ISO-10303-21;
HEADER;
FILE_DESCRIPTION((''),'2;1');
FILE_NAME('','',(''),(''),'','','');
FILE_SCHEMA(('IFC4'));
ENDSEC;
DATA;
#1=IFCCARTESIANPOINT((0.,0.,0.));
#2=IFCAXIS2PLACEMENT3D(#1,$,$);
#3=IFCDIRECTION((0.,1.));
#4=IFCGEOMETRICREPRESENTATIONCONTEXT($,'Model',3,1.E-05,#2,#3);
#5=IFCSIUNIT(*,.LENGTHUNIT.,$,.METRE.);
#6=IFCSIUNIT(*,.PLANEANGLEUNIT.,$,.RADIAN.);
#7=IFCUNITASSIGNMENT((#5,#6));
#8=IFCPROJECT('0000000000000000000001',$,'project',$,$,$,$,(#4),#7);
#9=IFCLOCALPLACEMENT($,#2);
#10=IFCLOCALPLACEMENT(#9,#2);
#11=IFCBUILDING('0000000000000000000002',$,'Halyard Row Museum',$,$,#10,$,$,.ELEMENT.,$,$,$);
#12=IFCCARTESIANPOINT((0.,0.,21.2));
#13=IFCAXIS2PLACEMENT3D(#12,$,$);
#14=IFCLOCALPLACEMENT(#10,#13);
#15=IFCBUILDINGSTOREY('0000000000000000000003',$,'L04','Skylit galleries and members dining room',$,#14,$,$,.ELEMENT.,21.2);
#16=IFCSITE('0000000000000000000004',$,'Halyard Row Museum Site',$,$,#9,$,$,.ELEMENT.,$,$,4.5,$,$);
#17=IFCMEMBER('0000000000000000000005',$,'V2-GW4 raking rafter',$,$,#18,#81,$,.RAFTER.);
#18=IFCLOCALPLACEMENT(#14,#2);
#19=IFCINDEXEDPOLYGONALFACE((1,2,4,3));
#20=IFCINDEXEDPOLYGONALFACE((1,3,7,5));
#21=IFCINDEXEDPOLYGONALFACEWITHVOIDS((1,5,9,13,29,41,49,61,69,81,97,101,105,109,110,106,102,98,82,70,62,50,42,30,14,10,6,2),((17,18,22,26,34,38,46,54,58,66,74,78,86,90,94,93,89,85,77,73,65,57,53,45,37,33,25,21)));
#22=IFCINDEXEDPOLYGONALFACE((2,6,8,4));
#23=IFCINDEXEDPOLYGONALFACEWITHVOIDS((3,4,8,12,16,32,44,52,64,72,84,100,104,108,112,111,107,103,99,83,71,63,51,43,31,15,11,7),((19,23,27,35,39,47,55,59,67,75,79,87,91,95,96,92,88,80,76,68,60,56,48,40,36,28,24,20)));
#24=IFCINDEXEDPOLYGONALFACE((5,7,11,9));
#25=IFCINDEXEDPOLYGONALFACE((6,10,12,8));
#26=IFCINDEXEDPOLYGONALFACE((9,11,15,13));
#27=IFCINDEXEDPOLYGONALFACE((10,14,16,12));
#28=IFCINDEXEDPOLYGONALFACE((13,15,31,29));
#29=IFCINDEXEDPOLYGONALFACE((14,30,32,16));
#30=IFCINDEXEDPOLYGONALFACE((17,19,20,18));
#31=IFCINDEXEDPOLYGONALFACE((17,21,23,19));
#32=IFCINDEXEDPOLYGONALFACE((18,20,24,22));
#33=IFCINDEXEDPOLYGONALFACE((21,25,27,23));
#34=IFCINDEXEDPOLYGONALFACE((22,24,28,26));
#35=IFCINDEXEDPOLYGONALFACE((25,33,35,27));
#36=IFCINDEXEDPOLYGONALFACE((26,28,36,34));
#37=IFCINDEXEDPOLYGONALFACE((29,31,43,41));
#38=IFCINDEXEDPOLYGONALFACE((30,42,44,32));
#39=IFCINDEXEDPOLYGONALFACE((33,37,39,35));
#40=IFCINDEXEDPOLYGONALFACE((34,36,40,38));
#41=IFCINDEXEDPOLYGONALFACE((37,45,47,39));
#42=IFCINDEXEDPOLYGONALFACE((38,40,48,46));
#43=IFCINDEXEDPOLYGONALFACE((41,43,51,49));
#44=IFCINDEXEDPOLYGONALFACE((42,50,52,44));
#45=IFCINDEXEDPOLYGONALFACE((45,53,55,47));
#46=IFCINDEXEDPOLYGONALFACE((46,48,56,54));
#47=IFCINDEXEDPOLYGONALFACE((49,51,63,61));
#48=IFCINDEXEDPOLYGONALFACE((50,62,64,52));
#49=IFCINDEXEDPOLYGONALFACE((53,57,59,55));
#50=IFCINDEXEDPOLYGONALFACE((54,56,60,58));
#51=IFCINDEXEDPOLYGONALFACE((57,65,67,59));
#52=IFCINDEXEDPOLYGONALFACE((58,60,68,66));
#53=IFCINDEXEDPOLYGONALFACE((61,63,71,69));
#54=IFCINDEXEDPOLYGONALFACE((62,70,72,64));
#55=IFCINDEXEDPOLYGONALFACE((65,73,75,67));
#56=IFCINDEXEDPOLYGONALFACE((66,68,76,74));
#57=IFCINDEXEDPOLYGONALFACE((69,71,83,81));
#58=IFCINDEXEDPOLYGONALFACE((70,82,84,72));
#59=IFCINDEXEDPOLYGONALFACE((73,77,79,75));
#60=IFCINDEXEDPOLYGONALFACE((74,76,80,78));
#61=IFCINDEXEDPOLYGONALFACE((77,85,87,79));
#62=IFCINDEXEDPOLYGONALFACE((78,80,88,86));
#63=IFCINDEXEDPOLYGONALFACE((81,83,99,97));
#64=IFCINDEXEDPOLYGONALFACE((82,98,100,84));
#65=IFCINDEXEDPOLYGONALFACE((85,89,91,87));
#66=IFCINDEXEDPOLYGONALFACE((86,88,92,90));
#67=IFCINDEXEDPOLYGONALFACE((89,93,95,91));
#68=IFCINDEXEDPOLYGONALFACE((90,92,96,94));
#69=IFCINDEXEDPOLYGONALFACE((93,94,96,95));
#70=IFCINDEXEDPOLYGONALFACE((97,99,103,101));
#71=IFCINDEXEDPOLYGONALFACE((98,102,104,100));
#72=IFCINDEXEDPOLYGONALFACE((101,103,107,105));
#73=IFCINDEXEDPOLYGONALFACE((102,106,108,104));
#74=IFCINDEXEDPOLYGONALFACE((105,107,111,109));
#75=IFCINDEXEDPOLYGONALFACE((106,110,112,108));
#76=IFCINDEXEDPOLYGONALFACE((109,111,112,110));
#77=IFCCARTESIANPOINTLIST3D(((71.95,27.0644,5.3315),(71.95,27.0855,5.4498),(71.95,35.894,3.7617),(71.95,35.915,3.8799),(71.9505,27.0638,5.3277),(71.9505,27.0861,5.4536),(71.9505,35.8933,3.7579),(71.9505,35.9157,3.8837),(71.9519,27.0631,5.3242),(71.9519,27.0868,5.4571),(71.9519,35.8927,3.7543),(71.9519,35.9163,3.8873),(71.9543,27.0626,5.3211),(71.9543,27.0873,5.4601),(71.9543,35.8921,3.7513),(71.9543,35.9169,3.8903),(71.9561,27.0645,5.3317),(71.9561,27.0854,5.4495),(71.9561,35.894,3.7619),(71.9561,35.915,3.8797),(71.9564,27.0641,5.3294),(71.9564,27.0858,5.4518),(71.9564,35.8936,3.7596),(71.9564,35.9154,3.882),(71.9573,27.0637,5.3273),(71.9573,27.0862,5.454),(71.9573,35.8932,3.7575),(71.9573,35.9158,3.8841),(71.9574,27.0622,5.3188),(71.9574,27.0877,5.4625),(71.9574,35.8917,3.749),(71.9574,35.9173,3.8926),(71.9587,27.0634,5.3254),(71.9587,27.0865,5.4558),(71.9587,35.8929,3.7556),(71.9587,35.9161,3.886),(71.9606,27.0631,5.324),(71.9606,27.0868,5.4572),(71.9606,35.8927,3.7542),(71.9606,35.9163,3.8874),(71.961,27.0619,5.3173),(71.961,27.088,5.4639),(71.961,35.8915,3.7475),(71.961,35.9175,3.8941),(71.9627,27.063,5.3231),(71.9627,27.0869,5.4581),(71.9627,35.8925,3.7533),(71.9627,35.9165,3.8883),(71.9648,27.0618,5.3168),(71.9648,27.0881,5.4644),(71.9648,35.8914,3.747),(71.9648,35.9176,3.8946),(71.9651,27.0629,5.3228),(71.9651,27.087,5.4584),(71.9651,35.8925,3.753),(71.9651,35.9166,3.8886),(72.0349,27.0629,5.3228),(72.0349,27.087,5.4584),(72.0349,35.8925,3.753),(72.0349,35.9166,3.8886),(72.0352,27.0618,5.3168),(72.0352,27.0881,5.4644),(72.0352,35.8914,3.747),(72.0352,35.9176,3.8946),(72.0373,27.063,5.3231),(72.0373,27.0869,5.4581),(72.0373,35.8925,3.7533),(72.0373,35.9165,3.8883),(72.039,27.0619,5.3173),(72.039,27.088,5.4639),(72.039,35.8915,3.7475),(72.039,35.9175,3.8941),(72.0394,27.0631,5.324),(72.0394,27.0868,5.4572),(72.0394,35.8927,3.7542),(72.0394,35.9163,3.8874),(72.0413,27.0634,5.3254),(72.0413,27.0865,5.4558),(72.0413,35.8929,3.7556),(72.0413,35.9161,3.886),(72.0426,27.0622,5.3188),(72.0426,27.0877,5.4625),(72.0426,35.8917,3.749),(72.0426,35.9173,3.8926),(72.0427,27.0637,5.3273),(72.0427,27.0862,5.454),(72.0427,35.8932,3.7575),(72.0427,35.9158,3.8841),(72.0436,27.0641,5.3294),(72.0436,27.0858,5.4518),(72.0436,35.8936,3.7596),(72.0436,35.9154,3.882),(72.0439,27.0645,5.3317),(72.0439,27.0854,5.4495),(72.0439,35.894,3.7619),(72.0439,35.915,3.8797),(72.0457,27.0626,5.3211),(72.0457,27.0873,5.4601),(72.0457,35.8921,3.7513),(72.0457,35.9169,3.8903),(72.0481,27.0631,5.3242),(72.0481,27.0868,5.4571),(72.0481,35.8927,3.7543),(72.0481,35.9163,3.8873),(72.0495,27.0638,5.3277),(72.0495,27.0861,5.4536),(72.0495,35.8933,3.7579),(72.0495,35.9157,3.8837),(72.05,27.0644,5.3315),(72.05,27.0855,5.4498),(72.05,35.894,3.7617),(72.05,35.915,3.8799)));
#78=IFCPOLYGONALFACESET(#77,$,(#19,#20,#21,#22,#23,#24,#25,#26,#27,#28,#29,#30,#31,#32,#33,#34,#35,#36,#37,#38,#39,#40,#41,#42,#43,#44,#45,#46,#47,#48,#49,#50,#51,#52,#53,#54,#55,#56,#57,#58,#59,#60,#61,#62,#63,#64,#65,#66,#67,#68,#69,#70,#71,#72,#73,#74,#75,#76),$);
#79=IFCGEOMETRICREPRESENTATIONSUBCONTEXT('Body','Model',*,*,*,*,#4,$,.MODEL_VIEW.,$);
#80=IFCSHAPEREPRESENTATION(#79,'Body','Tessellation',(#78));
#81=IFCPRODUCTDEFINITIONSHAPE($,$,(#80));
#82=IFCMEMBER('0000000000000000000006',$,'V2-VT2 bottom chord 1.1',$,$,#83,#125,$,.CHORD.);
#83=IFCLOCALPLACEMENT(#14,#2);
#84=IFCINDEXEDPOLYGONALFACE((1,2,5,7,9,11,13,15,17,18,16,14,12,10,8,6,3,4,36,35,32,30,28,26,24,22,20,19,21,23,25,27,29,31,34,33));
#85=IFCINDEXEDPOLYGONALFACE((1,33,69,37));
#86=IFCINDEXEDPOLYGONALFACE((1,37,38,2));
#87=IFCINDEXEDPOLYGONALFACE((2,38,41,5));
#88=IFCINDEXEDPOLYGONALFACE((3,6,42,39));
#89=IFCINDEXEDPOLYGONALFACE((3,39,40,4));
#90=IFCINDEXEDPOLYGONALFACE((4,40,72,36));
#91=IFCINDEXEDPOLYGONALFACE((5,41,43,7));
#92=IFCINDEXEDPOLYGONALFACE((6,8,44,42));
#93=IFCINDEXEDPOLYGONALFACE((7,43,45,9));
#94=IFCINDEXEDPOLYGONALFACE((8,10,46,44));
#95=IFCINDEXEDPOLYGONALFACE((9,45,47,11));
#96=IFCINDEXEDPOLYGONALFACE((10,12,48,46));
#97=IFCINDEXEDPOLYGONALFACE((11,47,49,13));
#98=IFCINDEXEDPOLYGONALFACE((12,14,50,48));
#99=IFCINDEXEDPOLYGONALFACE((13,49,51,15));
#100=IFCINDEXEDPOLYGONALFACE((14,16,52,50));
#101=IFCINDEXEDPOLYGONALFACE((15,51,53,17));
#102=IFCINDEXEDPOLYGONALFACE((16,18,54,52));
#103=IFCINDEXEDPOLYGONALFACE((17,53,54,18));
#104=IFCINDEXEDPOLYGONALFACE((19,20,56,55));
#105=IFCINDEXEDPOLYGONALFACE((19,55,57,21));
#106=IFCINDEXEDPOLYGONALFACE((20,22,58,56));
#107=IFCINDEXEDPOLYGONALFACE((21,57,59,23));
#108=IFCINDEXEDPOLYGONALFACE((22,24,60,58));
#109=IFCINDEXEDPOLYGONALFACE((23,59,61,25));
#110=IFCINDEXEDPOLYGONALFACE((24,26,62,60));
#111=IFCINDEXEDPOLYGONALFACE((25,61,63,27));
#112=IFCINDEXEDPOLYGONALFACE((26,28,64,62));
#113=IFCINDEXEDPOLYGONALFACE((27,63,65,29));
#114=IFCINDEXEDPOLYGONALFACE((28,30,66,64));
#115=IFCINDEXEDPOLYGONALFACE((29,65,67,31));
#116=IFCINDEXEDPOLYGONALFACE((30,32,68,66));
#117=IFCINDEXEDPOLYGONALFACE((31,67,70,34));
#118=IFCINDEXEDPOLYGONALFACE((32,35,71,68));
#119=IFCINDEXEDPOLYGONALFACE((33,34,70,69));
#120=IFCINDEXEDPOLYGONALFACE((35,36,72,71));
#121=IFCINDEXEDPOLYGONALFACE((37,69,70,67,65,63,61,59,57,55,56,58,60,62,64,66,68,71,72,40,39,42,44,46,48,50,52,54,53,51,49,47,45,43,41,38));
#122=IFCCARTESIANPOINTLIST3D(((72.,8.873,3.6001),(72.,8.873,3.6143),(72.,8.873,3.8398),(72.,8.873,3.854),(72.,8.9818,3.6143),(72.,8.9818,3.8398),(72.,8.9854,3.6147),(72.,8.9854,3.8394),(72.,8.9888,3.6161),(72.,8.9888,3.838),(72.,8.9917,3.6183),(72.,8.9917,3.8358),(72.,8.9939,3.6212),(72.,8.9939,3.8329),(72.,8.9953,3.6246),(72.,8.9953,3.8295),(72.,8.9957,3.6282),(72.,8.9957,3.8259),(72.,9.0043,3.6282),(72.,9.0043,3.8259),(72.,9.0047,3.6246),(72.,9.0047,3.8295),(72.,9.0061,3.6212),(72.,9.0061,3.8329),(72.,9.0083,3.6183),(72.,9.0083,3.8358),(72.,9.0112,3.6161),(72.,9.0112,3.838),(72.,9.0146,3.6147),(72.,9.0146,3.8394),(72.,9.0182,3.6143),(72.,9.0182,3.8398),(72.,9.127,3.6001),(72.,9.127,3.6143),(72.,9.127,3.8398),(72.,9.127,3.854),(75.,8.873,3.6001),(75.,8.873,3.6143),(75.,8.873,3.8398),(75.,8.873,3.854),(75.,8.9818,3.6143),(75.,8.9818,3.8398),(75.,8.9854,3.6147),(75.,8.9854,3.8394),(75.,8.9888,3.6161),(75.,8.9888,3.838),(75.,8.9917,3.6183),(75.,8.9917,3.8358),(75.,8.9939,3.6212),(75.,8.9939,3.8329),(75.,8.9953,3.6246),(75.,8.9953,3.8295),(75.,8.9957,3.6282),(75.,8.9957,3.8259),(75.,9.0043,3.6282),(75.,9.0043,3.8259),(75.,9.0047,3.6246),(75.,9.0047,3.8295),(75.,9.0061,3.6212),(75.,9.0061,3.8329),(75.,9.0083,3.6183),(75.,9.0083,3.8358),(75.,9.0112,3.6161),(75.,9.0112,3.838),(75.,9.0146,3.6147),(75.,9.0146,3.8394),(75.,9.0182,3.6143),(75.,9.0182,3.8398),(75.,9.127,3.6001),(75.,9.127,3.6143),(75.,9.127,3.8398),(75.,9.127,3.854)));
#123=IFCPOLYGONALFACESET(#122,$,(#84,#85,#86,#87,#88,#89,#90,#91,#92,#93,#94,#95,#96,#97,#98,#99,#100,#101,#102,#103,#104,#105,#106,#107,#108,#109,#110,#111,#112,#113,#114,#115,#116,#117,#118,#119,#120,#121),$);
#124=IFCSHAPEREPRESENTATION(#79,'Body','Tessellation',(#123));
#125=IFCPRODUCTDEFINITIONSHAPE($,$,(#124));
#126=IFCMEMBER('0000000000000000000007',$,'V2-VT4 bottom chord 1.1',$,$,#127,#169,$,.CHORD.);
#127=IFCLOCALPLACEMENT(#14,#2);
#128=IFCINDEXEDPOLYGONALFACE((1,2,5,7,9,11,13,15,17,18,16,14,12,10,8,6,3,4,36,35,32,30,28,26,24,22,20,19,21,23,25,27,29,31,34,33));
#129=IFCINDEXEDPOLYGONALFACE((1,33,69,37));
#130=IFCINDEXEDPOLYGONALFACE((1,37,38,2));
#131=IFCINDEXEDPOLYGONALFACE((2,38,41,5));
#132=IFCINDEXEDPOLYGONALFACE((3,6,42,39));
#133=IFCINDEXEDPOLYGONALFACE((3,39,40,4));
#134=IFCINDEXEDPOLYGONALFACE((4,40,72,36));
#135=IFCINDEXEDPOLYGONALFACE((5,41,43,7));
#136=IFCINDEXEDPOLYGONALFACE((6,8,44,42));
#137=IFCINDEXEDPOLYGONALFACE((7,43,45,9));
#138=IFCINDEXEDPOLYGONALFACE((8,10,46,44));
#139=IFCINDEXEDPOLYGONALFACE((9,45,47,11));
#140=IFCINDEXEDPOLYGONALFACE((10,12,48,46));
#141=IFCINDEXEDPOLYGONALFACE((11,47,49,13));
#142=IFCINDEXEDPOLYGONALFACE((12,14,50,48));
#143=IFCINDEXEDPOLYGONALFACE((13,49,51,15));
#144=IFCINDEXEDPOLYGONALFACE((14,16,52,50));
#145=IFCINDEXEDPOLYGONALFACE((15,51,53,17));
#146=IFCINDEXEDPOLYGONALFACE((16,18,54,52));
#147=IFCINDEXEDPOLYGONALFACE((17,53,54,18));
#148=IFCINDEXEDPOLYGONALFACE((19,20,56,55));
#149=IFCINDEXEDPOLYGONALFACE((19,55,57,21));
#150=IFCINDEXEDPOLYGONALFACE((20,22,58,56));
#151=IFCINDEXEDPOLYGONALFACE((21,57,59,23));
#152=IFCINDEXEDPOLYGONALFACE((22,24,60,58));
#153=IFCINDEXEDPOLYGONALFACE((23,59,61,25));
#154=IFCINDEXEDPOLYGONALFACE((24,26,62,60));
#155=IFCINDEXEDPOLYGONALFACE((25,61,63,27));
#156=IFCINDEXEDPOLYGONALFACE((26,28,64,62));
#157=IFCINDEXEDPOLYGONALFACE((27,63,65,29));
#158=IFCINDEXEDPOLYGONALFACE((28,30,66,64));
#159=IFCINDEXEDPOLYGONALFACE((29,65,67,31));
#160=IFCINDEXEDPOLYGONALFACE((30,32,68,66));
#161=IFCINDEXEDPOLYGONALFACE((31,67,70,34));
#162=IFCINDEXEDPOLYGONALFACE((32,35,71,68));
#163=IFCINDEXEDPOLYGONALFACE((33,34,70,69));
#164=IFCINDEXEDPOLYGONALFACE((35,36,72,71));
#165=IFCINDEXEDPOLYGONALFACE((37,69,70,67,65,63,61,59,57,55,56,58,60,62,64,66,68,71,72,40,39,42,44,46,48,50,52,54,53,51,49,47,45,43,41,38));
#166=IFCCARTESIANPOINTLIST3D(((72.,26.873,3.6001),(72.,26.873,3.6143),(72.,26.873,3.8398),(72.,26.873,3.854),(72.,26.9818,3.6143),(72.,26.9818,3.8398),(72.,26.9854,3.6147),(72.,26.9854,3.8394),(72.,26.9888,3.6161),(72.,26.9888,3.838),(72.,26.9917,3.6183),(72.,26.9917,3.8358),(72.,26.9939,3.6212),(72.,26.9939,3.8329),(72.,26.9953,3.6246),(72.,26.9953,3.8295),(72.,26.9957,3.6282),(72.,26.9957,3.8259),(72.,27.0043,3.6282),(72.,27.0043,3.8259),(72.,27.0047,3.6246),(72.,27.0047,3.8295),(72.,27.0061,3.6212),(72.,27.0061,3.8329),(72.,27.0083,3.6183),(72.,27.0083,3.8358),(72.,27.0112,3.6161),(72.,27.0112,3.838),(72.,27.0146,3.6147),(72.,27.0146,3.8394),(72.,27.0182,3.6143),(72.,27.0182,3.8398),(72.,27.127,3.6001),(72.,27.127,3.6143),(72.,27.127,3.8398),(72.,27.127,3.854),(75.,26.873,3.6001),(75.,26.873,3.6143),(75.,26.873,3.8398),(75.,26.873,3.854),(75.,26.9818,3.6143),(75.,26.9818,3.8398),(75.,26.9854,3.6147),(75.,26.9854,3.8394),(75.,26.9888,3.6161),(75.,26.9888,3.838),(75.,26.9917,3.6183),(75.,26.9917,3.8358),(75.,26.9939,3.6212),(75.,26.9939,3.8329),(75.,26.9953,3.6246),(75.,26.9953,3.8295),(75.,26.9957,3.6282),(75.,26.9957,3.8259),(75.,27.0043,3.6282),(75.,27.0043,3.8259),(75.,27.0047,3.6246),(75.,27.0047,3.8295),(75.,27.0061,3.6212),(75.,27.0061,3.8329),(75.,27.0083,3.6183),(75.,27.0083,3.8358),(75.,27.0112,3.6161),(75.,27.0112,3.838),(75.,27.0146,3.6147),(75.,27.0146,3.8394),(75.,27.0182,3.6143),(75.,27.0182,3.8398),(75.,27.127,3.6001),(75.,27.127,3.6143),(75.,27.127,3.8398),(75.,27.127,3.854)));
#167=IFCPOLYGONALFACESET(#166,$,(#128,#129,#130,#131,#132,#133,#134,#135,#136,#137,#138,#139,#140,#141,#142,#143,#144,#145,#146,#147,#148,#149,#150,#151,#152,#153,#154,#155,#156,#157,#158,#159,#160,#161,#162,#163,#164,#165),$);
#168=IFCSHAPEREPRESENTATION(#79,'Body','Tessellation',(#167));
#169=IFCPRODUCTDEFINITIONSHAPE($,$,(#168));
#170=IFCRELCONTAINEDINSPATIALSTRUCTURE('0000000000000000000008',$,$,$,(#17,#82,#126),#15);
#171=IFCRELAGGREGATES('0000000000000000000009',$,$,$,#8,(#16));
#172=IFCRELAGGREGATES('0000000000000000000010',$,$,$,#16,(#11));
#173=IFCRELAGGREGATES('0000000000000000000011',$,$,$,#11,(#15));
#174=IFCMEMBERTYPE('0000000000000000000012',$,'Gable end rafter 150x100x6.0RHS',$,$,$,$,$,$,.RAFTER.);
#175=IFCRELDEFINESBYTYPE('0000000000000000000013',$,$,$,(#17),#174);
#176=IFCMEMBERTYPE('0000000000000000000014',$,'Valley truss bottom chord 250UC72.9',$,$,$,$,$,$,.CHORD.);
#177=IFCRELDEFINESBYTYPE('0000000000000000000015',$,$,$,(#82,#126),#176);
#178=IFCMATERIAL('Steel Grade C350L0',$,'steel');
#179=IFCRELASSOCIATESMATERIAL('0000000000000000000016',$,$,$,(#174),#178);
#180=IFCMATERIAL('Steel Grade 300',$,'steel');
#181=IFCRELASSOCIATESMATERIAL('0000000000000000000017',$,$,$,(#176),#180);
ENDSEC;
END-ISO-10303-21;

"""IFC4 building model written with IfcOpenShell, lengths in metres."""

from ifc_helpers import new_model, si_unit, direction, frame, origin, origin_2d, place, context, subcontext, project, spatial, hollow_rectangle, i_section, extrude, material, material_profile, profile_set, type_object, element, save


model = new_model("IFC4")

# Units and contexts
model_context = context("Model", 3, precision=1e-05, world=origin(), true_north=direction((0.0, 1.0)))
body_context = subcontext(model_context, "Body", "Model", "MODEL_VIEW")
ifc_project = project(units=[si_unit("LENGTHUNIT", "METRE"), si_unit("PLANEANGLEUNIT", "RADIAN")], contexts=[model_context])

# Site, building, storey
site_placement = place(None, origin())
site = spatial("IfcSite", under=ifc_project, at=site_placement, Name="Halyard Row Museum Site", CompositionType="ELEMENT", RefElevation=4.5)
building_placement = place(site_placement, origin())
building = spatial("IfcBuilding", under=site, at=building_placement, Name="Halyard Row Museum", CompositionType="ELEMENT")
storey_placement = place(building_placement, frame((0.0, 0.0, 21.2)))
storey = spatial("IfcBuildingStorey", under=building, at=storey_placement, Name="L04", Description="Skylit galleries and members dining room", CompositionType="ELEMENT", Elevation=21.2)

# Members
ifc_material_1 = material(Name="Steel Grade C350L0", Category="steel")
ifc_material_profile_1 = material_profile(ifc_material_1, hollow_rectangle(XDim=0.1001, YDim=0.1499, WallThickness=0.0061, InnerFilletRadius=0.009, OuterFilletRadius=0.0149, at=origin_2d()), Name="150x100x6.0RHS")
ifc_profile_set_1 = profile_set([ifc_material_profile_1], Name="Steel Grade C350L0")
member_type_1 = type_object("IfcMemberType", Name="Gable end rafter 150x100x6.0RHS", PredefinedType="RAFTER", material=ifc_profile_set_1)
member_1_placement = place(storey_placement, frame((72.0, 27.075, 5.3906), z_axis=(0.0, 0.98456, -0.175046), x_axis=(-1.0, 0.0, 0.0)))
element("IfcMember", 1, at=member_1_placement, inside=storey, type_object=member_type_1, Name="V2-GW4 raking rafter", PredefinedType="RAFTER", context=body_context, shape_type="SweptSolid", body=[
    extrude(hollow_rectangle(XDim=0.1001, YDim=0.1499, WallThickness=0.0061, InnerFilletRadius=0.009, OuterFilletRadius=0.0149, at=origin_2d()), origin(), (0.0, 0.0, 1.0), 8.968),
])
ifc_material_2 = material(Name="Steel Grade 300", Category="steel")
ifc_material_profile_2 = material_profile(ifc_material_2, i_section(OverallWidth=0.2539, OverallDepth=0.2539, WebThickness=0.0085, FlangeThickness=0.0142, FilletRadius=0.0139, at=origin_2d()), Name="250UC72.9")
ifc_profile_set_2 = profile_set([ifc_material_profile_2], Name="Steel Grade 300")
member_type_2 = type_object("IfcMemberType", Name="Valley truss bottom chord 250UC72.9", PredefinedType="CHORD", material=ifc_profile_set_2)
for number, where, z_axis, x_axis, name in (
    (2, (72.0, 9.0, 3.7271), (1.0, 0.0, 0.0), (0.0, 1.0, 0.0), "V2-VT2 bottom chord 1.1"),
    (3, (72.0, 27.0, 3.7271), (1.0, 0.0, 0.0), (0.0, 1.0, 0.0), "V2-VT4 bottom chord 1.1"),
):
    element("IfcMember", number, at=place(storey_placement, frame(where, z_axis=z_axis, x_axis=x_axis)), inside=storey, type_object=member_type_2, Name=name, PredefinedType="CHORD", context=body_context, shape_type="SweptSolid", body=[
        extrude(i_section(OverallWidth=0.2539, OverallDepth=0.2539, WebThickness=0.0085, FlangeThickness=0.0142, FilletRadius=0.0139, at=origin_2d()), origin(), (0.0, 0.0, 1.0), 3.0),
    ])

save(model, "model.ifc")
